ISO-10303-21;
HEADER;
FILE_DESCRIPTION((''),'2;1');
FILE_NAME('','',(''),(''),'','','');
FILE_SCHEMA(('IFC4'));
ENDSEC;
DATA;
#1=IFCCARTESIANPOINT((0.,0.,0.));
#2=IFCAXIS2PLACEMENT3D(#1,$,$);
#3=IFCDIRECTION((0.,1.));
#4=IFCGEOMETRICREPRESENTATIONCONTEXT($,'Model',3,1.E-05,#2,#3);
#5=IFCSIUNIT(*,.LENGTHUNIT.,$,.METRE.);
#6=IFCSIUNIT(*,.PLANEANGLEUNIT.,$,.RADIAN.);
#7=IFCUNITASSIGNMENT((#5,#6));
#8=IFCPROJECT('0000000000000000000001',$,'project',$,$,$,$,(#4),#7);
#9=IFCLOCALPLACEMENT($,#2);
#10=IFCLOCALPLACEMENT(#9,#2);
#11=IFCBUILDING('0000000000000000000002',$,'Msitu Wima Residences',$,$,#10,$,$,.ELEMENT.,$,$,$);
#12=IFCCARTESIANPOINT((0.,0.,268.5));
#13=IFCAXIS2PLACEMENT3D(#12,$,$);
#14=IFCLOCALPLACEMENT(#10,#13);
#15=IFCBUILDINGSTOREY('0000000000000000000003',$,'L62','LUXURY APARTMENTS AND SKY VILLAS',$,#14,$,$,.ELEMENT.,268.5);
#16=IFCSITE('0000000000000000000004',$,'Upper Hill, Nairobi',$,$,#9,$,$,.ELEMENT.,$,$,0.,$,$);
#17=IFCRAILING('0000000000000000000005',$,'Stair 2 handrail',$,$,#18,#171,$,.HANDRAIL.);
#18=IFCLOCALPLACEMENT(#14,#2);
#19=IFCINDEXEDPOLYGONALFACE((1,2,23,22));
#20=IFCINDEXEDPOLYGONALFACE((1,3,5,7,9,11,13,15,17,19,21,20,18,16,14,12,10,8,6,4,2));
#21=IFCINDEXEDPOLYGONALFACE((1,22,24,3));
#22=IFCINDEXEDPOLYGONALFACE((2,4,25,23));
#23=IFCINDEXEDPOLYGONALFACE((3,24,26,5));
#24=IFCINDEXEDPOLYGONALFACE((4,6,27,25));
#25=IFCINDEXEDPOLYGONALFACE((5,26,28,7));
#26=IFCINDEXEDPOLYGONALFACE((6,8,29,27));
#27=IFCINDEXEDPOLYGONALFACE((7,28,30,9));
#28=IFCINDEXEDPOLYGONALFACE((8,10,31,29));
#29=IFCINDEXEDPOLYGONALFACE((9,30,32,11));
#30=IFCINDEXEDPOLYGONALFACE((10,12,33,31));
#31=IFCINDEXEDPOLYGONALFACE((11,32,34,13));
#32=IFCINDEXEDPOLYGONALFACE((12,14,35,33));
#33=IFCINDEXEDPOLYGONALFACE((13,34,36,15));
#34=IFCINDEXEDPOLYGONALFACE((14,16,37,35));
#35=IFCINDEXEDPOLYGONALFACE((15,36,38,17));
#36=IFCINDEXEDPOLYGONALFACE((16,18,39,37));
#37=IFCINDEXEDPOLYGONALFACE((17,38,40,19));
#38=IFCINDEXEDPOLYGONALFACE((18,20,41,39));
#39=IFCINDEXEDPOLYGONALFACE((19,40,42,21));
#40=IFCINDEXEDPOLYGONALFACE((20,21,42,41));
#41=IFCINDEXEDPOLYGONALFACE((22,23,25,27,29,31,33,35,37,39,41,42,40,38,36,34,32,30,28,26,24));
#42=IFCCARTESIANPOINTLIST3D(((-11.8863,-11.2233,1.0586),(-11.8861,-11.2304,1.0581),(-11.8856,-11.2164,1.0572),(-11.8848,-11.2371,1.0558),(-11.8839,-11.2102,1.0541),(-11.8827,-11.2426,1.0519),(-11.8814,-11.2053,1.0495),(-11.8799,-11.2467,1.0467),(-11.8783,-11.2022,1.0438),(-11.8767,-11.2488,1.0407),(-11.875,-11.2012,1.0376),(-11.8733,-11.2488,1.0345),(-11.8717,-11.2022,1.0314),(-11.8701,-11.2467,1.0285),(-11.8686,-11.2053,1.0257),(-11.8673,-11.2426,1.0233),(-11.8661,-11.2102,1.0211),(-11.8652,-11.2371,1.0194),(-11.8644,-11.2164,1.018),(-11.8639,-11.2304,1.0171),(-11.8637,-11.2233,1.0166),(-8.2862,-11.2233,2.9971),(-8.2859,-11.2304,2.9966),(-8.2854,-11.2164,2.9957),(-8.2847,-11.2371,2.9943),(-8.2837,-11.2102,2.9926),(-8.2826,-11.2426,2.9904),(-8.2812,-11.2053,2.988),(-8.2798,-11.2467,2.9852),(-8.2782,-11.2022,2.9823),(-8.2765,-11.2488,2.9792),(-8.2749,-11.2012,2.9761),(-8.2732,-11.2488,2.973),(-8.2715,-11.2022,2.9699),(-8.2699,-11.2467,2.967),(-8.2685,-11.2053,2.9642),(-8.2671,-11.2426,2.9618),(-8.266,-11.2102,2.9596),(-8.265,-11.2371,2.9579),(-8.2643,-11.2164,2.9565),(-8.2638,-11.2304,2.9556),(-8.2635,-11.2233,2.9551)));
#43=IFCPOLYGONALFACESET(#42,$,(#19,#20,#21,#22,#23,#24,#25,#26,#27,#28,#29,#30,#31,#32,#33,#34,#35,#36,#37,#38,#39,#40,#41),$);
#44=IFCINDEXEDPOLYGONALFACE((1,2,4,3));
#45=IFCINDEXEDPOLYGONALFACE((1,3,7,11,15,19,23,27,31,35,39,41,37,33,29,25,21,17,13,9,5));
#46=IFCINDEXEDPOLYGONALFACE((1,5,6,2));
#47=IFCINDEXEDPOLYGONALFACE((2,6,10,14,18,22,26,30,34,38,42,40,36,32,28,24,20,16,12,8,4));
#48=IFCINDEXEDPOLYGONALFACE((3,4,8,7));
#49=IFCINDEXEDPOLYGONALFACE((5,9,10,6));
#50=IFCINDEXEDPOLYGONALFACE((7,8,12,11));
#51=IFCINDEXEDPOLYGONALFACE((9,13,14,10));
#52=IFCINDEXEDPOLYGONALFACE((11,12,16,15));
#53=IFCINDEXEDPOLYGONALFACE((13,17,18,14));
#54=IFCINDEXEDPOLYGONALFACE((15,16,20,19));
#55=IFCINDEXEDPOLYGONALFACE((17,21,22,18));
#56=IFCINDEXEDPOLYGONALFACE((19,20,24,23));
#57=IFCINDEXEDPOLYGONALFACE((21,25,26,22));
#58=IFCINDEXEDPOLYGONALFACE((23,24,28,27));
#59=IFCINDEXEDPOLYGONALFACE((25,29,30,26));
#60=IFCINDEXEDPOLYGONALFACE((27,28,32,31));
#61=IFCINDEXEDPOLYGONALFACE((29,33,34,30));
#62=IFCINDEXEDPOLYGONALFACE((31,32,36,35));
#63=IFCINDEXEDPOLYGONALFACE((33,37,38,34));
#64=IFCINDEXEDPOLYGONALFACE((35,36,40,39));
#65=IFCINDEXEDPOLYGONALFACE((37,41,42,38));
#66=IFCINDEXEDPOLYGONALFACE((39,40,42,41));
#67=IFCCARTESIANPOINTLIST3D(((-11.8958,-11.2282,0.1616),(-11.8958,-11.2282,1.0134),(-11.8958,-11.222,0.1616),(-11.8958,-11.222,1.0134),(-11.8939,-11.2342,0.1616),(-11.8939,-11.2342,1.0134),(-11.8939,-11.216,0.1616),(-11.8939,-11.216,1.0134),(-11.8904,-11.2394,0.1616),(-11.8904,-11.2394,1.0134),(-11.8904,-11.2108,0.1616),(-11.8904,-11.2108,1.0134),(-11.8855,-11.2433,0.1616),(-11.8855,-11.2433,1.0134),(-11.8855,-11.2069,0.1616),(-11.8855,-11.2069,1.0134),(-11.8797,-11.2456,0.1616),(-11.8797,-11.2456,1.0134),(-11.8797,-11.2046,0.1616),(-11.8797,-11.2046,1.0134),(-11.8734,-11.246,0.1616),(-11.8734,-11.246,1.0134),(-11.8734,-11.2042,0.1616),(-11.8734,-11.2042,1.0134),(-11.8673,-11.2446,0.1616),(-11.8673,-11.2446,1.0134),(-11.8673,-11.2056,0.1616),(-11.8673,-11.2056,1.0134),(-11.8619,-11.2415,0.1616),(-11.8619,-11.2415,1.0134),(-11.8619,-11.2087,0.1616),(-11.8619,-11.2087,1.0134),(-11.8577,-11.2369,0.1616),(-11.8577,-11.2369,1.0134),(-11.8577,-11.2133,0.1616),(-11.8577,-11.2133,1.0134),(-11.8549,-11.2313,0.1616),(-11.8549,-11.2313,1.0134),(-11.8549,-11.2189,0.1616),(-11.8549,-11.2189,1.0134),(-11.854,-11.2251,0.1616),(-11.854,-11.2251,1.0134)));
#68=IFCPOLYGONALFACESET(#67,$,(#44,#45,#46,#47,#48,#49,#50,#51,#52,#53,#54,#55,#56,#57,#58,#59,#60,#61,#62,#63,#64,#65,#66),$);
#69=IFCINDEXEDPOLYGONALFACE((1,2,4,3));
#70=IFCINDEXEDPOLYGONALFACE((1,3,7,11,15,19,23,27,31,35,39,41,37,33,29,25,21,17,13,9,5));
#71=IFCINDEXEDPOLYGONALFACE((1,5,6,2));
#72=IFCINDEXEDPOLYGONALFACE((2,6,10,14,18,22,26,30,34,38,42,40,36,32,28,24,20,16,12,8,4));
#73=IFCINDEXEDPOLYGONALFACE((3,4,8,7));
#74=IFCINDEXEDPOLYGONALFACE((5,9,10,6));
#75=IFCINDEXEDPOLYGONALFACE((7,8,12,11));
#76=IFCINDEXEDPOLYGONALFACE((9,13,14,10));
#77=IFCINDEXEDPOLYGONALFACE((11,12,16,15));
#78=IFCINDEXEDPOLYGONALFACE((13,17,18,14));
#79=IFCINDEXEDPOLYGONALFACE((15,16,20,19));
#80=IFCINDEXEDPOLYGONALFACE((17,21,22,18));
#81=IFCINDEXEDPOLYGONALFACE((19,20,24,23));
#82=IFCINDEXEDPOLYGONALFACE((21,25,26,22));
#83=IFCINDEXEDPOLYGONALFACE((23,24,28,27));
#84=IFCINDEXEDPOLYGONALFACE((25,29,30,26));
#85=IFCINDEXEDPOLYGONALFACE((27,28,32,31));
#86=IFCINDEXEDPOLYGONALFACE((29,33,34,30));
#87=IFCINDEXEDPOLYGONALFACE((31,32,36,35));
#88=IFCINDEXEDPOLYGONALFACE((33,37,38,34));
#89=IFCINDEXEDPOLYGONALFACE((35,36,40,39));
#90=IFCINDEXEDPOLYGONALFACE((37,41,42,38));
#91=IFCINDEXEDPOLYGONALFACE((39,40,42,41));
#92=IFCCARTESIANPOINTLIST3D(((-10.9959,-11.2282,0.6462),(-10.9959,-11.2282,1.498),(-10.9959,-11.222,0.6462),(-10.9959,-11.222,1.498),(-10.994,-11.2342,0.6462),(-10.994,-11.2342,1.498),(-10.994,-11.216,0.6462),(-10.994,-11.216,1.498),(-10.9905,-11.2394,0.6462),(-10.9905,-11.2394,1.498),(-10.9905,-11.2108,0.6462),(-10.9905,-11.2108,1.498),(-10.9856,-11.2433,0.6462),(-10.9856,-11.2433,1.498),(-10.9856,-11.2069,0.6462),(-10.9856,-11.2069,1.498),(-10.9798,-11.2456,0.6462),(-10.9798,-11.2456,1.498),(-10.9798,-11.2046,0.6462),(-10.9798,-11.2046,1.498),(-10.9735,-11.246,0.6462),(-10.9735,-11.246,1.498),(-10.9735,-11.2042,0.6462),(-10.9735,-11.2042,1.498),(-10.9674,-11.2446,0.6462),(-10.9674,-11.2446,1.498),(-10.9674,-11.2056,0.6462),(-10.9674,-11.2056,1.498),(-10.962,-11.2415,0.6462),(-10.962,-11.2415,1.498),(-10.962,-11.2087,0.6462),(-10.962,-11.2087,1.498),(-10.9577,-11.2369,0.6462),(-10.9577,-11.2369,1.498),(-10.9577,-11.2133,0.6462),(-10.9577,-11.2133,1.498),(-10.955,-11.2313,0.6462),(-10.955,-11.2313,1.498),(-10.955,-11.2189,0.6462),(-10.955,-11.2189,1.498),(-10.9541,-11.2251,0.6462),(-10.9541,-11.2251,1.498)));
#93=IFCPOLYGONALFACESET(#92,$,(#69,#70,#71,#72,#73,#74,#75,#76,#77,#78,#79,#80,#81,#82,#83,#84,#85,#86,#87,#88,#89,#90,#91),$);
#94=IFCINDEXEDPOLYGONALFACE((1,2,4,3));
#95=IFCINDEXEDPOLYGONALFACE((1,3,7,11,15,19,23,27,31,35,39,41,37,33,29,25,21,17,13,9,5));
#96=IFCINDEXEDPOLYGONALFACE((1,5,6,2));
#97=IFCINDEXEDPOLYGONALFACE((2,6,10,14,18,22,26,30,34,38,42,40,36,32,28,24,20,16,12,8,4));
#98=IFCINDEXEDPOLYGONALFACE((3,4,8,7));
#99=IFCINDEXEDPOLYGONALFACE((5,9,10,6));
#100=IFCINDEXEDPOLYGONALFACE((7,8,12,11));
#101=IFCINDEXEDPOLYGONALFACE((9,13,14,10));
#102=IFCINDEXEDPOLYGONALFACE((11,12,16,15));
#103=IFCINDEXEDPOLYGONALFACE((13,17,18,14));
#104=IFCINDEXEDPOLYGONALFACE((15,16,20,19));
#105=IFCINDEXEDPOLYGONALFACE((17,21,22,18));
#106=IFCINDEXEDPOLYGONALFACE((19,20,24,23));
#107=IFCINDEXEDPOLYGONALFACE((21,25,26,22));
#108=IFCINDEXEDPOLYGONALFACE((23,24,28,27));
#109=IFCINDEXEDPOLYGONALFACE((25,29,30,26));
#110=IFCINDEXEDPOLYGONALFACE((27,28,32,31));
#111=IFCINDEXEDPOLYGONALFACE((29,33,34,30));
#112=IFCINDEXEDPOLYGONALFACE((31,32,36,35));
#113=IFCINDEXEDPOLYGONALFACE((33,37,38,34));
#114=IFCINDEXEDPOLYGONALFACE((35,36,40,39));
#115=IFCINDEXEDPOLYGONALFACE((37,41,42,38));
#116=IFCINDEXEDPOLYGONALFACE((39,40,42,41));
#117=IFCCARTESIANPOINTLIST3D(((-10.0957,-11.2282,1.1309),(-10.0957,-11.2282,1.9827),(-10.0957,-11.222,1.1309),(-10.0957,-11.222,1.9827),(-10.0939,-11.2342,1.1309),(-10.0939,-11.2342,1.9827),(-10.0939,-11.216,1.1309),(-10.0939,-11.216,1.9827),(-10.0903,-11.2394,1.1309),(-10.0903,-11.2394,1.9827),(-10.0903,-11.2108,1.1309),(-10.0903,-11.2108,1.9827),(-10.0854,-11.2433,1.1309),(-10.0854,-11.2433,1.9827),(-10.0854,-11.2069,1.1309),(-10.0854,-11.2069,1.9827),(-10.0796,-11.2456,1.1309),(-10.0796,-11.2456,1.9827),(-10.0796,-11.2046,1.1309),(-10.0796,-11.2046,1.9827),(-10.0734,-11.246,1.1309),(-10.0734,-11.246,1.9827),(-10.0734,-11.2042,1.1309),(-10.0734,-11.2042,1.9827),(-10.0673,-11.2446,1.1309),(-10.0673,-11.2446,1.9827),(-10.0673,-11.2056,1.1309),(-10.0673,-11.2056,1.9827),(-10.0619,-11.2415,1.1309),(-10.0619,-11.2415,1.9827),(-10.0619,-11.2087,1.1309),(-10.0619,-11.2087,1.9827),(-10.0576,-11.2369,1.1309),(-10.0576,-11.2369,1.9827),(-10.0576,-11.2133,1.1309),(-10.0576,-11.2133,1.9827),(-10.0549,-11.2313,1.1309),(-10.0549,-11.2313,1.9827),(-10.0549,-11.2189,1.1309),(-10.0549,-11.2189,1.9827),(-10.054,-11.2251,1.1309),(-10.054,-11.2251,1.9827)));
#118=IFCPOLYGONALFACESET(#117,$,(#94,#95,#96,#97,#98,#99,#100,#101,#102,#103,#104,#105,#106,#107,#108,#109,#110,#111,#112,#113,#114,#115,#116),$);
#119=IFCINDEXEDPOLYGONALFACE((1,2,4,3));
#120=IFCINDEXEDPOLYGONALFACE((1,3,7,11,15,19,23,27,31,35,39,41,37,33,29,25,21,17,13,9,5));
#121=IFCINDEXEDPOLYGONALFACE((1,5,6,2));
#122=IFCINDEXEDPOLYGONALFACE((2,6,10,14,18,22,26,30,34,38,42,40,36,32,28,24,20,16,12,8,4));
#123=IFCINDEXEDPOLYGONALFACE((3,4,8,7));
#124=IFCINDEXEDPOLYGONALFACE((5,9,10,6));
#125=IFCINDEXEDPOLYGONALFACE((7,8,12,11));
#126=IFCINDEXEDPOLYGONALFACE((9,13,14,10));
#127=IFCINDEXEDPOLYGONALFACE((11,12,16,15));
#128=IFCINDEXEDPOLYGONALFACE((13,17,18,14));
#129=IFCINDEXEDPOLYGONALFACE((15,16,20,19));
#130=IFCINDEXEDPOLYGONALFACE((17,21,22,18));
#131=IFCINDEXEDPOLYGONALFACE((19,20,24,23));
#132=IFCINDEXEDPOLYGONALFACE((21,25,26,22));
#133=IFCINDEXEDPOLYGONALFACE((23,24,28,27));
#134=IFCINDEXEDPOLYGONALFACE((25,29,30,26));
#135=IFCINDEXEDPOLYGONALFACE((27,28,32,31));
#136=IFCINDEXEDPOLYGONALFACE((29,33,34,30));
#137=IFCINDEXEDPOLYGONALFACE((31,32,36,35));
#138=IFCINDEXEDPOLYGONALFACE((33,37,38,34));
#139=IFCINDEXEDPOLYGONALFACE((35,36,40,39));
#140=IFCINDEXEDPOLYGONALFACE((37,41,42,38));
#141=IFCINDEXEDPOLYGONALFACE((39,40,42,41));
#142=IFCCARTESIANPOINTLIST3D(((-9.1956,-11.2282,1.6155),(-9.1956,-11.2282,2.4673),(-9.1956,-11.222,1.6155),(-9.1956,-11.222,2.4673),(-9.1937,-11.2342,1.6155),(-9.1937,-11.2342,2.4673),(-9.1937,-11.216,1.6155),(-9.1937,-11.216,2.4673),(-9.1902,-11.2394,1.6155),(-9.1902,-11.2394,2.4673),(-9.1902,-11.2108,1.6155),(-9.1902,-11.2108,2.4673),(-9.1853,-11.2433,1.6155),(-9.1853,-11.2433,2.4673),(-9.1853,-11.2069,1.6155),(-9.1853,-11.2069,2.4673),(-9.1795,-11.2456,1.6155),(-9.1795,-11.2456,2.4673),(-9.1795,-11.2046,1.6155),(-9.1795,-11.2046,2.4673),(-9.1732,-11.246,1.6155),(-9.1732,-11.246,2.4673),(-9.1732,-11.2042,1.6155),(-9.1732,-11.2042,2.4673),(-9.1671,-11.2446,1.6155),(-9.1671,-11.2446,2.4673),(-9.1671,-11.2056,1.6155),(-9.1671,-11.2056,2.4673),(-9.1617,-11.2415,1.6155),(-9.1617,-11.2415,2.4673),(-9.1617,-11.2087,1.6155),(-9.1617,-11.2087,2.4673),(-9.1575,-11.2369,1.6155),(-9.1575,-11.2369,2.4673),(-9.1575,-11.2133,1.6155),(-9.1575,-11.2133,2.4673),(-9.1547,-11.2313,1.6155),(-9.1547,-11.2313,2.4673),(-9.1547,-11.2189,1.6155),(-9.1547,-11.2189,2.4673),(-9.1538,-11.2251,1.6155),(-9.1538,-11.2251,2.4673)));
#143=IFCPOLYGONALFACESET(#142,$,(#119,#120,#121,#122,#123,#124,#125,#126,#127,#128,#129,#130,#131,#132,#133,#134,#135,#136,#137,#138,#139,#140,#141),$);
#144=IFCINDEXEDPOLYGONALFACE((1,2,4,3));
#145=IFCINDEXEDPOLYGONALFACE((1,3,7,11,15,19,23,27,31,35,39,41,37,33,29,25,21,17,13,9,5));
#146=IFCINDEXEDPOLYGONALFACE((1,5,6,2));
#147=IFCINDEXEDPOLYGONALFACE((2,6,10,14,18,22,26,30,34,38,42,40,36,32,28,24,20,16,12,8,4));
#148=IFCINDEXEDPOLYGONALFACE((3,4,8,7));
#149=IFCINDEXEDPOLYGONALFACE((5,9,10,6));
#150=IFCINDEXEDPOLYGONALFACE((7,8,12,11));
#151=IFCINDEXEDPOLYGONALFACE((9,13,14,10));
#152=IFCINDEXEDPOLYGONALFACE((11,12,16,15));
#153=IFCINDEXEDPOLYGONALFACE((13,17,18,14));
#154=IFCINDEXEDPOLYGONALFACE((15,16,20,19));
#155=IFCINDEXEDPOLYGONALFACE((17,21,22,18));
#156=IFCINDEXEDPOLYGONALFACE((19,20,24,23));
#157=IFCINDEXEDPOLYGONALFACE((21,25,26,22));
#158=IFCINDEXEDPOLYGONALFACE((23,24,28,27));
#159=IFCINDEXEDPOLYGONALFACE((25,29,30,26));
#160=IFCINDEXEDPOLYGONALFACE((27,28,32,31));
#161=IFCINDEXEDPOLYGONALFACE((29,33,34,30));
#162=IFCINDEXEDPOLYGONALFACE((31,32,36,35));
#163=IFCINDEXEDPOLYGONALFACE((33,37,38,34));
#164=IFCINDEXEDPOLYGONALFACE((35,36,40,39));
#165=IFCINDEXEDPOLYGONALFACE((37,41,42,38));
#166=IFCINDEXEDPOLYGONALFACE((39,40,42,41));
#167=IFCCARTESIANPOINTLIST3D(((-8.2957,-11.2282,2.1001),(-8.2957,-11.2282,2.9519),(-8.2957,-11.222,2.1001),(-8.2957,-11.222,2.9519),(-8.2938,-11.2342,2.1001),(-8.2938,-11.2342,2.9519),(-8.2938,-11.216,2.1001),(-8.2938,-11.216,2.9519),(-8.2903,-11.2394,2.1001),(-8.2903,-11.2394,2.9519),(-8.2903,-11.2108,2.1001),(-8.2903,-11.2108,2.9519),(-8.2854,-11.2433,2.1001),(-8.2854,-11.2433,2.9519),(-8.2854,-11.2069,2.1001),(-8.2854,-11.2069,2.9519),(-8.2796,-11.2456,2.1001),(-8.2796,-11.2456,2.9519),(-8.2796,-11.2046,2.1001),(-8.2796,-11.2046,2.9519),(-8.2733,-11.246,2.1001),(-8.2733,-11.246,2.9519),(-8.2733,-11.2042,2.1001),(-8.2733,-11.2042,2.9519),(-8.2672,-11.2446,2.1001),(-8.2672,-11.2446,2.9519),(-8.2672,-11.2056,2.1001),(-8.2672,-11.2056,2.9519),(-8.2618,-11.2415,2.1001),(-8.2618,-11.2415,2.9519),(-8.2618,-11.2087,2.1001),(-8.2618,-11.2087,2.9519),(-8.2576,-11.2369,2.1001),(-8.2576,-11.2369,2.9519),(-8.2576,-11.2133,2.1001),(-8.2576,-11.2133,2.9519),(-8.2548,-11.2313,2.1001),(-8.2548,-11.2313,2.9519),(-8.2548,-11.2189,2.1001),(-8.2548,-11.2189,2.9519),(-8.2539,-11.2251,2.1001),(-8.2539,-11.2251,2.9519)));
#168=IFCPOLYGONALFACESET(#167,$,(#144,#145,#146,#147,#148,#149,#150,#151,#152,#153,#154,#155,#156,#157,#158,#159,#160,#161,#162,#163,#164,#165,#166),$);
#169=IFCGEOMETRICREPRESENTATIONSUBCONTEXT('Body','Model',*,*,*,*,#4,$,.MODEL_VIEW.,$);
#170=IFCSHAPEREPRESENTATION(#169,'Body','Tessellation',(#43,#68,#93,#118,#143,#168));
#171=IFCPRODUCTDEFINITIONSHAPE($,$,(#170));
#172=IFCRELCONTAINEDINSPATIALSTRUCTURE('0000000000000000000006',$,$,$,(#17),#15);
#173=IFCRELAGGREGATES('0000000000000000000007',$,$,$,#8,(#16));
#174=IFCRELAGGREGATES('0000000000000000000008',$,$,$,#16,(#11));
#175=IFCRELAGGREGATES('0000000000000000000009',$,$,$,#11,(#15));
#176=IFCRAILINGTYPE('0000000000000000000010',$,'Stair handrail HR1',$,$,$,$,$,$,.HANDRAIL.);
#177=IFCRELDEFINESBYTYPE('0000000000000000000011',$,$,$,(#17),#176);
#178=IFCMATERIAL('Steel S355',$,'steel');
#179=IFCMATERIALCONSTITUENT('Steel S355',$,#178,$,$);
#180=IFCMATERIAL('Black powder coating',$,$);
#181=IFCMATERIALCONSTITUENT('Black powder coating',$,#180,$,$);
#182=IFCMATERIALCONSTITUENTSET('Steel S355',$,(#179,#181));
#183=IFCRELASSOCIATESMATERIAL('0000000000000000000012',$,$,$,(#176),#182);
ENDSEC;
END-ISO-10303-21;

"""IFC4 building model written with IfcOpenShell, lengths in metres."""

from ifc_helpers import new_model, si_unit, direction, frame, origin, origin_2d, place, context, subcontext, project, spatial, circle, extrude, material, constituent, constituent_set, type_object, element, save


model = new_model("IFC4")

# Units and contexts
model_context = context("Model", 3, precision=1e-05, world=origin(), true_north=direction((0.0, 1.0)))
body_context = subcontext(model_context, "Body", "Model", "MODEL_VIEW")
ifc_project = project(units=[si_unit("LENGTHUNIT", "METRE"), si_unit("PLANEANGLEUNIT", "RADIAN")], contexts=[model_context])

# Site, building, storey
site_placement = place(None, origin())
site = spatial("IfcSite", under=ifc_project, at=site_placement, Name="Upper Hill, Nairobi", CompositionType="ELEMENT", RefElevation=0.0)
building_placement = place(site_placement, origin())
building = spatial("IfcBuilding", under=site, at=building_placement, Name="Msitu Wima Residences", CompositionType="ELEMENT")
storey_placement = place(building_placement, frame((0.0, 0.0, 268.5)))
storey = spatial("IfcBuildingStorey", under=building, at=storey_placement, Name="L62", Description="LUXURY APARTMENTS AND SKY VILLAS", CompositionType="ELEMENT", Elevation=268.5)

# Railing
ifc_material_1 = material(Name="Steel S355", Category="steel")
ifc_constituent_1 = constituent(ifc_material_1, Name="Steel S355")
ifc_material_2 = material(Name="Black powder coating")
ifc_constituent_2 = constituent(ifc_material_2, Name="Black powder coating")
ifc_constituent_set = constituent_set(constituents=[ifc_constituent_1, ifc_constituent_2], Name="Steel S355")
railing_type = type_object("IfcRailingType", Name="Stair handrail HR1", PredefinedType="HANDRAIL", material=ifc_constituent_set)
for number, where, name in (
    (1, (-11.875, -11.2251, 0.1616), "Stair 2 handrail"),
):
    element("IfcRailing", number, at=place(storey_placement, frame(where)), inside=storey, type_object=railing_type, Name=name, PredefinedType="HANDRAIL", context=body_context, shape_type="SweptSolid", body=[
        extrude(circle(Radius=0.0239, at=origin_2d()), frame((0.0, 0.0, 0.876), z_axis=(0.880475, 0.0, 0.474093), x_axis=(0.0, 1.0, 0.0)), (0.0, 0.0, 1.0), 4.0889),
        extrude(circle(Radius=0.021, at=origin_2d()), origin(), (0.0, 0.0, 1.0), 0.8518),
        extrude(circle(Radius=0.021, at=origin_2d()), frame((0.8999, 0.0, 0.4846)), (0.0, 0.0, 1.0), 0.8518),
        extrude(circle(Radius=0.021, at=origin_2d()), frame((1.8, 0.0, 0.9692)), (0.0, 0.0, 1.0), 0.8518),
        extrude(circle(Radius=0.021, at=origin_2d()), frame((2.7002, 0.0, 1.4539)), (0.0, 0.0, 1.0), 0.8518),
        extrude(circle(Radius=0.021, at=origin_2d()), frame((3.6001, 0.0, 1.9385)), (0.0, 0.0, 1.0), 0.8518),
    ])

save(model, "model.ifc")
